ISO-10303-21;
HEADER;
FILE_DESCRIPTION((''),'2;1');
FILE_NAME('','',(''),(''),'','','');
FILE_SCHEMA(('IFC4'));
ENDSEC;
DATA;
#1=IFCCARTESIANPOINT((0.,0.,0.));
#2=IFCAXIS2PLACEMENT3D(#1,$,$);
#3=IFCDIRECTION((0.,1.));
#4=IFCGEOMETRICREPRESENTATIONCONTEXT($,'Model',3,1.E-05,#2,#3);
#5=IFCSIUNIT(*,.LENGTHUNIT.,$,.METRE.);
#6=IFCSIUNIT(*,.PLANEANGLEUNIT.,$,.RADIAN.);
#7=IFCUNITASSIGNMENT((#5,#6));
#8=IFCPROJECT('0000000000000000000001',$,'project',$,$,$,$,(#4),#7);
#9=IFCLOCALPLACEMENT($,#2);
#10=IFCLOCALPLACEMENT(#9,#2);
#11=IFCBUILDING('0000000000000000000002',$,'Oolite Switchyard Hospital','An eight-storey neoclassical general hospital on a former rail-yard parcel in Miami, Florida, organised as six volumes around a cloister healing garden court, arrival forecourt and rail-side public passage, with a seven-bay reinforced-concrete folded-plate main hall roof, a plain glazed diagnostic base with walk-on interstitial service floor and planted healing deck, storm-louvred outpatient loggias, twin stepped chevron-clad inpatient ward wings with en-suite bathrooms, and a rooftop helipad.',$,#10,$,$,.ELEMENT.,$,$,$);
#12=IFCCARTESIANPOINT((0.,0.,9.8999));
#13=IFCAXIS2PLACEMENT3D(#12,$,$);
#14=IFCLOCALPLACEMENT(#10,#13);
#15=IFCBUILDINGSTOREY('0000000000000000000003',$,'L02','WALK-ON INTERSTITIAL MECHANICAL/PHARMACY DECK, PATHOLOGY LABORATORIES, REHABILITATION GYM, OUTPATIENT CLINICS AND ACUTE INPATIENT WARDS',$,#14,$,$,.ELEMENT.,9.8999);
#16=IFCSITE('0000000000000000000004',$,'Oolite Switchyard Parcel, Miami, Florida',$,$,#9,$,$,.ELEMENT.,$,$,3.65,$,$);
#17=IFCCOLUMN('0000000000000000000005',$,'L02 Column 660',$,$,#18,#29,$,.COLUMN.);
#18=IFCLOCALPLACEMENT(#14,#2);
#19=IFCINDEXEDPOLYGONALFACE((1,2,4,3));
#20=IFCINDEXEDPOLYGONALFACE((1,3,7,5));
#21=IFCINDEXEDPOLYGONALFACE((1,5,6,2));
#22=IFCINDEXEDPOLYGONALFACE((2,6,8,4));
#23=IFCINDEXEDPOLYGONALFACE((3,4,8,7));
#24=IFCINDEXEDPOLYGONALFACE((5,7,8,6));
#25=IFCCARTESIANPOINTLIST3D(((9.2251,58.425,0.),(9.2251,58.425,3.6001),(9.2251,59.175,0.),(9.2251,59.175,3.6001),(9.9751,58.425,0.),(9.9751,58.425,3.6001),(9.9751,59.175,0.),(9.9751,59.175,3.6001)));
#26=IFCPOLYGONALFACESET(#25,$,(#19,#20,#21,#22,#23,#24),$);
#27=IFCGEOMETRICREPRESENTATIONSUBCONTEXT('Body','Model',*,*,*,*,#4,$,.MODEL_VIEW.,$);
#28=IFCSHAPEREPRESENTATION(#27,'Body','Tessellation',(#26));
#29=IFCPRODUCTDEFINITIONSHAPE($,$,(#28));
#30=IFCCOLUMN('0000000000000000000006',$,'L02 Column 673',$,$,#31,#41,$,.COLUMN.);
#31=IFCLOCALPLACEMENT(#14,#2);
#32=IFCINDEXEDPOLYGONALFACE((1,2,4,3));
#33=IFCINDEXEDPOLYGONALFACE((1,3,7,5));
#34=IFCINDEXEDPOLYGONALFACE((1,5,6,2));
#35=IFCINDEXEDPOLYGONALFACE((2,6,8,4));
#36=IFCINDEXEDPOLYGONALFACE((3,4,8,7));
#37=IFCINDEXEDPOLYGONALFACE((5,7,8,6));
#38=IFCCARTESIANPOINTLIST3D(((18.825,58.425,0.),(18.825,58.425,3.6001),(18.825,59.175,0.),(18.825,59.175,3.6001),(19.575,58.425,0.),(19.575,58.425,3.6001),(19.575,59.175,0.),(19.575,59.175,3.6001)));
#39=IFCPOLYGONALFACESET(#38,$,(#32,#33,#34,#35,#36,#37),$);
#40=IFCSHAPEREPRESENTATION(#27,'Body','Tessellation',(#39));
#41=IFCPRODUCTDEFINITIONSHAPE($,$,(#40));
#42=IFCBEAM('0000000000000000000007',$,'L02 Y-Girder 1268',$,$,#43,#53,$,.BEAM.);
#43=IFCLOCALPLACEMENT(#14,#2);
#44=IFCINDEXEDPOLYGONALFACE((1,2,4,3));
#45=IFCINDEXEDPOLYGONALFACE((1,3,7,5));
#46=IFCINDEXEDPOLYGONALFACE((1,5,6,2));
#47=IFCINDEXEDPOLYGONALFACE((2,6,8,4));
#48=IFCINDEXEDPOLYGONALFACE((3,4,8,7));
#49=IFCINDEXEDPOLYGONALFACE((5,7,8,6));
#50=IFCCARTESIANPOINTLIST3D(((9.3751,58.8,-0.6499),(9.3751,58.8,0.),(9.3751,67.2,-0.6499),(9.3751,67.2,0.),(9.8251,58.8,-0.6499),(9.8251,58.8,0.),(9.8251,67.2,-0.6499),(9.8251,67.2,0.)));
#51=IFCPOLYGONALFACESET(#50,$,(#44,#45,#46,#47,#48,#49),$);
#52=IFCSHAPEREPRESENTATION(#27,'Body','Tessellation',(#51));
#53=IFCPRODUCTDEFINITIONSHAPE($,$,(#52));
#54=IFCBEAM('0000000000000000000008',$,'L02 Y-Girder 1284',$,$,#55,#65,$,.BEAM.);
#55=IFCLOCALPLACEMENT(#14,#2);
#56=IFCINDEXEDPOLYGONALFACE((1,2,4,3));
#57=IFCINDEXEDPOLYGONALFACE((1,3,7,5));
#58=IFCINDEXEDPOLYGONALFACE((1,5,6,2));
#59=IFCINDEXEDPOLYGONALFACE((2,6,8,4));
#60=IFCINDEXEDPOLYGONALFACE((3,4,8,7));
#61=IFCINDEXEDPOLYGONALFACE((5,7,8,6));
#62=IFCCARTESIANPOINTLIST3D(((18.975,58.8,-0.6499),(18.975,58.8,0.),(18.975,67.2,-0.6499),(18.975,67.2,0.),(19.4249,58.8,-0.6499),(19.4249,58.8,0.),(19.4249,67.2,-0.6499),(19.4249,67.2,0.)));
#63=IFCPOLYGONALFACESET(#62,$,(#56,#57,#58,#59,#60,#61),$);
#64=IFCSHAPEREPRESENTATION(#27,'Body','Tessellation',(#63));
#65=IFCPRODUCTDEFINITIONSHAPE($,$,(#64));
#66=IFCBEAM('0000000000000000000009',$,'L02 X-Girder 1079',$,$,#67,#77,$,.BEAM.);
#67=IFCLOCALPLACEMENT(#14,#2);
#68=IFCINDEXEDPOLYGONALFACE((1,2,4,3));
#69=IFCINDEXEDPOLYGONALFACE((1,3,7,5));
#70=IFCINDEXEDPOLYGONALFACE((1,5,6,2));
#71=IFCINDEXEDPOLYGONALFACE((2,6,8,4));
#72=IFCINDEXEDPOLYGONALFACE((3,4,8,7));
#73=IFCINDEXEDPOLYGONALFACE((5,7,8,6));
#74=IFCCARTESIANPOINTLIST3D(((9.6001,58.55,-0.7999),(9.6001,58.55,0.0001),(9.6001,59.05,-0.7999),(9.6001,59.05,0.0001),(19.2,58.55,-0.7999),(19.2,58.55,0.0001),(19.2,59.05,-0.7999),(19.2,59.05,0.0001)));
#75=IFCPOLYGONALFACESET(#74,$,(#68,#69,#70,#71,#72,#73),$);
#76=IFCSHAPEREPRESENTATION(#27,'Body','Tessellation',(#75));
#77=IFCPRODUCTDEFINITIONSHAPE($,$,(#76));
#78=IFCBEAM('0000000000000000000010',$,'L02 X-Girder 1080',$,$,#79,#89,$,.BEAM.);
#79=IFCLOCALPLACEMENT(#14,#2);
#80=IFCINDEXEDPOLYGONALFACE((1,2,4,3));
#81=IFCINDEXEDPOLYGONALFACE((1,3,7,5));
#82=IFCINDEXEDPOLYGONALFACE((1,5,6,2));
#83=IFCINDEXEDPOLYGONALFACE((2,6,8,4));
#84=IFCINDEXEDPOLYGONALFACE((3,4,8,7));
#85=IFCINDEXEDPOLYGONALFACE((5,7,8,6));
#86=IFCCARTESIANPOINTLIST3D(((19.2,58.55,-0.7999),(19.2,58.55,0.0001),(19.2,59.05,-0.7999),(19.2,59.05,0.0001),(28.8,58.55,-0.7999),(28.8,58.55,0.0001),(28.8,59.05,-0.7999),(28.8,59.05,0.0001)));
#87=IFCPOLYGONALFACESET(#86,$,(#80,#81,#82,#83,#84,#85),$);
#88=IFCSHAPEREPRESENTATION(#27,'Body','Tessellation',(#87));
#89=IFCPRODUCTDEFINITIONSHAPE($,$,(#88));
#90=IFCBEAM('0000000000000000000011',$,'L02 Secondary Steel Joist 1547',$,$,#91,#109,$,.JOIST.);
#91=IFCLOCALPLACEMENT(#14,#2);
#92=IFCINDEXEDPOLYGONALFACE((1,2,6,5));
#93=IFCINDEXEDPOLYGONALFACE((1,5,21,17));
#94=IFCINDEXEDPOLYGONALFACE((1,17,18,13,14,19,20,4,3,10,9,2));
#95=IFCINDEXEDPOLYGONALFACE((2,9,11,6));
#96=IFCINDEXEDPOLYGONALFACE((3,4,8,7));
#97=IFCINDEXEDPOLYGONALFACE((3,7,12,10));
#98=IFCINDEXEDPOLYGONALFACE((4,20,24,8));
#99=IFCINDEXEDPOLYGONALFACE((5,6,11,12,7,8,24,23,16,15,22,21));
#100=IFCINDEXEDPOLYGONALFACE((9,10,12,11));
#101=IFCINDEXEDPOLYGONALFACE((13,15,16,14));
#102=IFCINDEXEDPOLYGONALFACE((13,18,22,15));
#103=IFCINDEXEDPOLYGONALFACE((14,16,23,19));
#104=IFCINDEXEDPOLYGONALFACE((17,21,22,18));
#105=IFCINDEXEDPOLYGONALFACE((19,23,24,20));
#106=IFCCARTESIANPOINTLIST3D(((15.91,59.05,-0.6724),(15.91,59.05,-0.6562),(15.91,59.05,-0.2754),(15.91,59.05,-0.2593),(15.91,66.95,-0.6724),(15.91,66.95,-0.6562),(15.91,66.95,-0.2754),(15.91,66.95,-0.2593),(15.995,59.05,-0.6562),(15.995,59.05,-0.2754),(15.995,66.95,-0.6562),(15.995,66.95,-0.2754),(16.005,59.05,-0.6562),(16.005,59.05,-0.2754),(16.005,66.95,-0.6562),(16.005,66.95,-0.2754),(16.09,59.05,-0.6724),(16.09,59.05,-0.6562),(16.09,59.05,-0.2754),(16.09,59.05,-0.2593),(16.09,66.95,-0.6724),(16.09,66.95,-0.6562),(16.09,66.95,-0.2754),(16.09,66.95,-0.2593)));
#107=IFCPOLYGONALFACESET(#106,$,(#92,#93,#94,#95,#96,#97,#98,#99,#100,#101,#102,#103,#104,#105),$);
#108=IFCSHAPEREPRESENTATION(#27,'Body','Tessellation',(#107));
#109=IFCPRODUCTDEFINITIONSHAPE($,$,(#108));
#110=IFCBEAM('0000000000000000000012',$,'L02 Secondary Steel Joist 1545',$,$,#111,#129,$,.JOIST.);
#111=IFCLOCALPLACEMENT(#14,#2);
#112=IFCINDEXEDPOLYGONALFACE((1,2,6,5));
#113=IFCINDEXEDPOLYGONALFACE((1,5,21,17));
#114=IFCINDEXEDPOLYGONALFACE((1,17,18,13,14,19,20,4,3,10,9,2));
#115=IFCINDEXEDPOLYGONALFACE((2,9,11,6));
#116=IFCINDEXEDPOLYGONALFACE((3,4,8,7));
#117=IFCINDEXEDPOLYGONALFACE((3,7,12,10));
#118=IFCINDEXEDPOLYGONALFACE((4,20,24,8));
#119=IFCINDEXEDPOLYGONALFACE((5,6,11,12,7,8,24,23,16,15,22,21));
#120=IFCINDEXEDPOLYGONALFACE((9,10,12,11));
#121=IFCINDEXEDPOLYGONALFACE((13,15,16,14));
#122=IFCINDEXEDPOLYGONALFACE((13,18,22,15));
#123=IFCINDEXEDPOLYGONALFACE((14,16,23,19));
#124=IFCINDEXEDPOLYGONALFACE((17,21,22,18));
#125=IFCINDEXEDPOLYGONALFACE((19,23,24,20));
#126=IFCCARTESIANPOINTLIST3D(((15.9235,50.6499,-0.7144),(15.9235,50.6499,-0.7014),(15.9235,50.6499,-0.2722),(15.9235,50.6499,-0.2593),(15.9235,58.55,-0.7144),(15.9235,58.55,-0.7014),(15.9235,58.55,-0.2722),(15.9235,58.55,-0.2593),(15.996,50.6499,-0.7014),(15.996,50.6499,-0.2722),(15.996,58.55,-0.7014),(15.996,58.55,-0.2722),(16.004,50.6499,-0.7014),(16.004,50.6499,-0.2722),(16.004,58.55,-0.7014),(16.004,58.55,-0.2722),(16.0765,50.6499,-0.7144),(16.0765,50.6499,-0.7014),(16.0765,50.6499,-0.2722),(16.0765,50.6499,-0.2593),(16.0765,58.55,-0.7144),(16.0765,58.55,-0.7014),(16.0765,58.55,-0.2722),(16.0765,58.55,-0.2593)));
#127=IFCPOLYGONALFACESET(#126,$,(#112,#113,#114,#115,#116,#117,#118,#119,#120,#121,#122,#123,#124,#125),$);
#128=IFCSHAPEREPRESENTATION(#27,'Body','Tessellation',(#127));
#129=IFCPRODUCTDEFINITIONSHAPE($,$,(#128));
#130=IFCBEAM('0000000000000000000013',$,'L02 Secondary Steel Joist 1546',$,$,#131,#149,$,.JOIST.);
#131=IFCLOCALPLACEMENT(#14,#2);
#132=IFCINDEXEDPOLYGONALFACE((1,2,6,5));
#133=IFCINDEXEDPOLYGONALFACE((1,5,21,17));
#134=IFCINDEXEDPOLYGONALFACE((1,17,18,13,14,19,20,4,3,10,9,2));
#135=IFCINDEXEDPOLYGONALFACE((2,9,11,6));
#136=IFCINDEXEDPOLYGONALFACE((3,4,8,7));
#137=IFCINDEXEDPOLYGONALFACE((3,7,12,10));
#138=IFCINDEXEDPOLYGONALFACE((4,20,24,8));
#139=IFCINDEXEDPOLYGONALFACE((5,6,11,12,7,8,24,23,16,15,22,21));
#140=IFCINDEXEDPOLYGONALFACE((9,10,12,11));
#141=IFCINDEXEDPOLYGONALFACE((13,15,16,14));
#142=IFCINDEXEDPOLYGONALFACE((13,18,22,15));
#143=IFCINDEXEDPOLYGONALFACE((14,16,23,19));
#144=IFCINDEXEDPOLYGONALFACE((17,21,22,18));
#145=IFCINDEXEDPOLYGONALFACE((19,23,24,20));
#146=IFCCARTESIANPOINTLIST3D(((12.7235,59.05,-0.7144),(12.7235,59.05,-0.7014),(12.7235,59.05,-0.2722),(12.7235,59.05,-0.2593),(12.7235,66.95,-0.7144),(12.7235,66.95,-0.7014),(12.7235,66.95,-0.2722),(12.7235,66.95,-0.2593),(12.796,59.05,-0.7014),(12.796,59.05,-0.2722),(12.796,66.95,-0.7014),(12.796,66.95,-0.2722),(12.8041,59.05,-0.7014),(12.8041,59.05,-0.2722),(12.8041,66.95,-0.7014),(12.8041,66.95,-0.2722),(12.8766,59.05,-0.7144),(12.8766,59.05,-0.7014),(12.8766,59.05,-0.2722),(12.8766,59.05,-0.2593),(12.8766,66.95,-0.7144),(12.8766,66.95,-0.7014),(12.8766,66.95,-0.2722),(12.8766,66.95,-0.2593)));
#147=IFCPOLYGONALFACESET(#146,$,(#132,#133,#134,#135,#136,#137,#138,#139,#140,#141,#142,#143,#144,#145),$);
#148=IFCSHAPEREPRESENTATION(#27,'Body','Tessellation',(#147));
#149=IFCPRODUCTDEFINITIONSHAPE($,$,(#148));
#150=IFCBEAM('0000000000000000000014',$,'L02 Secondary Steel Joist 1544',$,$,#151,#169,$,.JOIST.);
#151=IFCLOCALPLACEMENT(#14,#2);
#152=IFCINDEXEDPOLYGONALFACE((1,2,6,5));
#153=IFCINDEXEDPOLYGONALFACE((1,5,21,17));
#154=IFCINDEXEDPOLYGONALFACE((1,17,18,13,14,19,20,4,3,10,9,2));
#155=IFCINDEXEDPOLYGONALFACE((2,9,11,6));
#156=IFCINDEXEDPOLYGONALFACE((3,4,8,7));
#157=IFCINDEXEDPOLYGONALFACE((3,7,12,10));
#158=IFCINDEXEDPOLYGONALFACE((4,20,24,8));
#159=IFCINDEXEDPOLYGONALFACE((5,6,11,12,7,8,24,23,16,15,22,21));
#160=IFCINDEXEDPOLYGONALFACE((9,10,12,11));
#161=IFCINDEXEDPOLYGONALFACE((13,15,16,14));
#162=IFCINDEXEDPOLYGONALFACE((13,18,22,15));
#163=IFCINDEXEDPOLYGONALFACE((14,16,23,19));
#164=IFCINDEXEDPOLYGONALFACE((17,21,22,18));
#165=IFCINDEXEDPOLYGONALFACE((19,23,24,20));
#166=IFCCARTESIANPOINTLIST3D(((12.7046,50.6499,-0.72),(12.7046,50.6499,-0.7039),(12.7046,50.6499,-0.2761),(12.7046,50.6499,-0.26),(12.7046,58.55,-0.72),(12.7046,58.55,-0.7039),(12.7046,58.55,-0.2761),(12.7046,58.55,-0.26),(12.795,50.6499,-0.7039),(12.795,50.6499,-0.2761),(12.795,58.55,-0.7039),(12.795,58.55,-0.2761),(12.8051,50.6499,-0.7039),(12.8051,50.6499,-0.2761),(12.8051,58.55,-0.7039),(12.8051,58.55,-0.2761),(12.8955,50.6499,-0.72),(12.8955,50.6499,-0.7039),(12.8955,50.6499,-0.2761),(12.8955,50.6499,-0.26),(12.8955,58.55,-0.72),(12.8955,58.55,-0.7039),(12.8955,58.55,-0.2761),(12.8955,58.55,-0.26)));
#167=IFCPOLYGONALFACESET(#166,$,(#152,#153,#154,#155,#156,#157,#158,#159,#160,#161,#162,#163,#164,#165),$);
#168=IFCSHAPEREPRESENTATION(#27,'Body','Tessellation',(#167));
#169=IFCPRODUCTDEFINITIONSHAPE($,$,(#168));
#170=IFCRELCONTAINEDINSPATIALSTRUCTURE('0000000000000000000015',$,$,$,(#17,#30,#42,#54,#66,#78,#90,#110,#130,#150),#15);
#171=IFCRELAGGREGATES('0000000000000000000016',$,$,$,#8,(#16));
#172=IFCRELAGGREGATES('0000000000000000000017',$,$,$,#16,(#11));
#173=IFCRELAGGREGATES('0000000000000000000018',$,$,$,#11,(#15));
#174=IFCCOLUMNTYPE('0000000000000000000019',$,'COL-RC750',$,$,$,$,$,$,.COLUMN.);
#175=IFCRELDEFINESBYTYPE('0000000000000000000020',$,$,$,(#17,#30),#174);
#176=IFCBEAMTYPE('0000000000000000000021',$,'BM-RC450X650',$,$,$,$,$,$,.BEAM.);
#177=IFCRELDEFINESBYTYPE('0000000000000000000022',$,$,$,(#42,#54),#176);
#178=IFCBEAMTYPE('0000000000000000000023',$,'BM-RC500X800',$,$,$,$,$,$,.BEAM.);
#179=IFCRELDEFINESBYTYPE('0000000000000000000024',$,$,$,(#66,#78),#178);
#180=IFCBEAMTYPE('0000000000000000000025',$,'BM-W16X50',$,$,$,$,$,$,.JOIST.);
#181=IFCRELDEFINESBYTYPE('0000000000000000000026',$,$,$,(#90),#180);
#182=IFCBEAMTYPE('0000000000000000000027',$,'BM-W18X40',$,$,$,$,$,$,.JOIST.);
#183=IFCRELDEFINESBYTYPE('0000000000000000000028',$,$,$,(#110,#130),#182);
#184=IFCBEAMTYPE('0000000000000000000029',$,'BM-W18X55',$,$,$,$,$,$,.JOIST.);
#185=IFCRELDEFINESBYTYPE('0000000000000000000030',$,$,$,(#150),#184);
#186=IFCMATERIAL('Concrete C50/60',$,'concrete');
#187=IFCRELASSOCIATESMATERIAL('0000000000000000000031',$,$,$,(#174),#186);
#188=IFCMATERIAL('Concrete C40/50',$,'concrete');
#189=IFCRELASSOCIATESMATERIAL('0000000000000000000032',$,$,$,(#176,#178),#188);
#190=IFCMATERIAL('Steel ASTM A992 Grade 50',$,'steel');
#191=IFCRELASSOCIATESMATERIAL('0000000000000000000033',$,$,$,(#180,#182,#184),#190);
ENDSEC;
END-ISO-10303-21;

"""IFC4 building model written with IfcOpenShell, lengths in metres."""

from ifc_helpers import new_model, si_unit, direction, frame, origin, origin_2d, place, context, subcontext, project, spatial, rectangle, i_section, extrude, material, material_profile, profile_set, type_object, element, save


model = new_model("IFC4")

# Units and contexts
model_context = context("Model", 3, precision=1e-05, world=origin(), true_north=direction((0.0, 1.0)))
body_context = subcontext(model_context, "Body", "Model", "MODEL_VIEW")
ifc_project = project(units=[si_unit("LENGTHUNIT", "METRE"), si_unit("PLANEANGLEUNIT", "RADIAN")], contexts=[model_context])

# Site, building, storey
site_placement = place(None, origin())
site = spatial("IfcSite", under=ifc_project, at=site_placement, Name="Oolite Switchyard Parcel, Miami, Florida", CompositionType="ELEMENT", RefElevation=3.65)
building_placement = place(site_placement, origin())
building = spatial("IfcBuilding", under=site, at=building_placement, Name="Oolite Switchyard Hospital", Description="An eight-storey neoclassical general hospital on a former rail-yard parcel in Miami, Florida, organised as six volumes around a cloister healing garden court, arrival forecourt and rail-side public passage, with a seven-bay reinforced-concrete folded-plate main hall roof, a plain glazed diagnostic base with walk-on interstitial service floor and planted healing deck, storm-louvred outpatient loggias, twin stepped chevron-clad inpatient ward wings with en-suite bathrooms, and a rooftop helipad.", CompositionType="ELEMENT")
storey_placement = place(building_placement, frame((0.0, 0.0, 9.8999)))
storey = spatial("IfcBuildingStorey", under=building, at=storey_placement, Name="L02", Description="WALK-ON INTERSTITIAL MECHANICAL/PHARMACY DECK, PATHOLOGY LABORATORIES, REHABILITATION GYM, OUTPATIENT CLINICS AND ACUTE INPATIENT WARDS", CompositionType="ELEMENT", Elevation=9.8999)

# Columns
ifc_material_1 = material(Name="Concrete C50/60", Category="concrete")
ifc_material_profile_1 = material_profile(ifc_material_1, rectangle(XDim=0.75, YDim=0.75, at=origin_2d()), Name="RC750X750")
ifc_profile_set_1 = profile_set([ifc_material_profile_1], Name="Concrete C50/60")
column_type = type_object("IfcColumnType", Name="COL-RC750", PredefinedType="COLUMN", material=ifc_profile_set_1)
for number, where, z_axis, x_axis, name in (
    (1, (9.6001, 58.8, 0.0), (0.0, 0.0, 1.0), (1.0, 0.0, 0.0), "L02 Column 660"),
    (2, (19.2, 58.8, 0.0), (0.0, 0.0, 1.0), (1.0, 0.0, 0.0), "L02 Column 673"),
):
    element("IfcColumn", number, at=place(storey_placement, frame(where, z_axis=z_axis, x_axis=x_axis)), inside=storey, type_object=column_type, Name=name, PredefinedType="COLUMN", context=body_context, shape_type="SweptSolid", body=[
        extrude(rectangle(XDim=0.75, YDim=0.75, at=origin_2d()), origin(), (0.0, 0.0, 1.0), 3.6001),
    ])

# Beams
ifc_material_2 = material(Name="Concrete C40/50", Category="concrete")
ifc_material_profile_2 = material_profile(ifc_material_2, rectangle(XDim=0.45, YDim=0.6499, at=origin_2d()), Name="RCB450X650")
ifc_profile_set_2 = profile_set([ifc_material_profile_2], Name="Concrete C40/50")
beam_type_1 = type_object("IfcBeamType", Name="BM-RC450X650", PredefinedType="BEAM", material=ifc_profile_set_2)
for number, where, z_axis, x_axis, name in (
    (3, (9.6001, 58.8, -0.325), (0.0, 1.0, 0.0), (-1.0, 0.0, 0.0), "L02 Y-Girder 1268"),
    (4, (19.2, 58.8, -0.325), (0.0, 1.0, 0.0), (-1.0, 0.0, 0.0), "L02 Y-Girder 1284"),
):
    element("IfcBeam", number, at=place(storey_placement, frame(where, z_axis=z_axis, x_axis=x_axis)), inside=storey, type_object=beam_type_1, Name=name, PredefinedType="BEAM", context=body_context, shape_type="SweptSolid", body=[
        extrude(rectangle(XDim=0.45, YDim=0.6499, at=origin_2d()), origin(), (0.0, 0.0, 1.0), 8.3999),
    ])
ifc_material_profile_3 = material_profile(ifc_material_2, rectangle(XDim=0.5, YDim=0.8, at=origin_2d()), Name="RCB500X800")
ifc_profile_set_3 = profile_set([ifc_material_profile_3], Name="Concrete C40/50")
beam_type_2 = type_object("IfcBeamType", Name="BM-RC500X800", PredefinedType="BEAM", material=ifc_profile_set_3)
beam_1_placement = place(storey_placement, frame((9.6001, 58.8, -0.3999), z_axis=(1.0, 0.0, 0.0), x_axis=(0.0, 1.0, 0.0)))
element("IfcBeam", 5, at=beam_1_placement, inside=storey, type_object=beam_type_2, Name="L02 X-Girder 1079", PredefinedType="BEAM", context=body_context, shape_type="SweptSolid", body=[
    extrude(rectangle(XDim=0.5, YDim=0.8, at=origin_2d()), origin(), (0.0, 0.0, 1.0), 9.5999),
])
beam_2_placement = place(storey_placement, frame((19.2, 58.8, -0.3999), z_axis=(1.0, 0.0, 0.0), x_axis=(0.0, 1.0, 0.0)))
element("IfcBeam", 6, at=beam_2_placement, inside=storey, type_object=beam_type_2, Name="L02 X-Girder 1080", PredefinedType="BEAM", context=body_context, shape_type="SweptSolid", body=[
    extrude(rectangle(XDim=0.5, YDim=0.8, at=origin_2d()), origin(), (0.0, 0.0, 1.0), 9.6001),
])
ifc_material_3 = material(Name="Steel ASTM A992 Grade 50", Category="steel")
ifc_material_profile_4 = material_profile(ifc_material_3, i_section(OverallWidth=0.1799, OverallDepth=0.4131, WebThickness=0.01, FlangeThickness=0.0161, at=origin_2d()), Name="W16X50")
ifc_profile_set_4 = profile_set([ifc_material_profile_4], Name="Steel ASTM A992 Grade 50")
beam_type_3 = type_object("IfcBeamType", Name="BM-W16X50", PredefinedType="JOIST", material=ifc_profile_set_4)
beam_3_placement = place(storey_placement, frame((16.0, 59.05, -0.4658), z_axis=(0.0, 1.0, 0.0), x_axis=(-1.0, 0.0, 0.0)))
element("IfcBeam", 7, at=beam_3_placement, inside=storey, type_object=beam_type_3, Name="L02 Secondary Steel Joist 1547", PredefinedType="JOIST", context=body_context, shape_type="SweptSolid", body=[
    extrude(i_section(OverallWidth=0.1799, OverallDepth=0.4131, WebThickness=0.01, FlangeThickness=0.0161, at=origin_2d()), origin(), (0.0, 0.0, 1.0), 7.8999),
])
ifc_material_profile_5 = material_profile(ifc_material_3, i_section(OverallWidth=0.1531, OverallDepth=0.4551, WebThickness=0.0081, FlangeThickness=0.0129, at=origin_2d()), Name="W18X40")
ifc_profile_set_5 = profile_set([ifc_material_profile_5], Name="Steel ASTM A992 Grade 50")
beam_type_4 = type_object("IfcBeamType", Name="BM-W18X40", PredefinedType="JOIST", material=ifc_profile_set_5)
beam_4_placement = place(storey_placement, frame((16.0, 50.6499, -0.4868), z_axis=(0.0, 1.0, 0.0), x_axis=(-1.0, 0.0, 0.0)))
element("IfcBeam", 8, at=beam_4_placement, inside=storey, type_object=beam_type_4, Name="L02 Secondary Steel Joist 1545", PredefinedType="JOIST", context=body_context, shape_type="SweptSolid", body=[
    extrude(i_section(OverallWidth=0.1531, OverallDepth=0.4551, WebThickness=0.0081, FlangeThickness=0.0129, at=origin_2d()), origin(), (0.0, 0.0, 1.0), 7.9001),
])
beam_5_placement = place(storey_placement, frame((12.8, 59.05, -0.4868), z_axis=(0.0, 1.0, 0.0), x_axis=(-1.0, 0.0, 0.0)))
element("IfcBeam", 9, at=beam_5_placement, inside=storey, type_object=beam_type_4, Name="L02 Secondary Steel Joist 1546", PredefinedType="JOIST", context=body_context, shape_type="SweptSolid", body=[
    extrude(i_section(OverallWidth=0.1531, OverallDepth=0.4551, WebThickness=0.0081, FlangeThickness=0.0129, at=origin_2d()), origin(), (0.0, 0.0, 1.0), 7.8999),
])
ifc_material_profile_6 = material_profile(ifc_material_3, i_section(OverallWidth=0.1909, OverallDepth=0.46, WebThickness=0.01, FlangeThickness=0.0161, at=origin_2d()), Name="W18X55")
ifc_profile_set_6 = profile_set([ifc_material_profile_6], Name="Steel ASTM A992 Grade 50")
beam_type_5 = type_object("IfcBeamType", Name="BM-W18X55", PredefinedType="JOIST", material=ifc_profile_set_6)
beam_6_placement = place(storey_placement, frame((12.8, 50.6499, -0.49), z_axis=(0.0, 1.0, 0.0), x_axis=(-1.0, 0.0, 0.0)))
element("IfcBeam", 10, at=beam_6_placement, inside=storey, type_object=beam_type_5, Name="L02 Secondary Steel Joist 1544", PredefinedType="JOIST", context=body_context, shape_type="SweptSolid", body=[
    extrude(i_section(OverallWidth=0.1909, OverallDepth=0.46, WebThickness=0.01, FlangeThickness=0.0161, at=origin_2d()), origin(), (0.0, 0.0, 1.0), 7.9001),
])

save(model, "model.ifc")
